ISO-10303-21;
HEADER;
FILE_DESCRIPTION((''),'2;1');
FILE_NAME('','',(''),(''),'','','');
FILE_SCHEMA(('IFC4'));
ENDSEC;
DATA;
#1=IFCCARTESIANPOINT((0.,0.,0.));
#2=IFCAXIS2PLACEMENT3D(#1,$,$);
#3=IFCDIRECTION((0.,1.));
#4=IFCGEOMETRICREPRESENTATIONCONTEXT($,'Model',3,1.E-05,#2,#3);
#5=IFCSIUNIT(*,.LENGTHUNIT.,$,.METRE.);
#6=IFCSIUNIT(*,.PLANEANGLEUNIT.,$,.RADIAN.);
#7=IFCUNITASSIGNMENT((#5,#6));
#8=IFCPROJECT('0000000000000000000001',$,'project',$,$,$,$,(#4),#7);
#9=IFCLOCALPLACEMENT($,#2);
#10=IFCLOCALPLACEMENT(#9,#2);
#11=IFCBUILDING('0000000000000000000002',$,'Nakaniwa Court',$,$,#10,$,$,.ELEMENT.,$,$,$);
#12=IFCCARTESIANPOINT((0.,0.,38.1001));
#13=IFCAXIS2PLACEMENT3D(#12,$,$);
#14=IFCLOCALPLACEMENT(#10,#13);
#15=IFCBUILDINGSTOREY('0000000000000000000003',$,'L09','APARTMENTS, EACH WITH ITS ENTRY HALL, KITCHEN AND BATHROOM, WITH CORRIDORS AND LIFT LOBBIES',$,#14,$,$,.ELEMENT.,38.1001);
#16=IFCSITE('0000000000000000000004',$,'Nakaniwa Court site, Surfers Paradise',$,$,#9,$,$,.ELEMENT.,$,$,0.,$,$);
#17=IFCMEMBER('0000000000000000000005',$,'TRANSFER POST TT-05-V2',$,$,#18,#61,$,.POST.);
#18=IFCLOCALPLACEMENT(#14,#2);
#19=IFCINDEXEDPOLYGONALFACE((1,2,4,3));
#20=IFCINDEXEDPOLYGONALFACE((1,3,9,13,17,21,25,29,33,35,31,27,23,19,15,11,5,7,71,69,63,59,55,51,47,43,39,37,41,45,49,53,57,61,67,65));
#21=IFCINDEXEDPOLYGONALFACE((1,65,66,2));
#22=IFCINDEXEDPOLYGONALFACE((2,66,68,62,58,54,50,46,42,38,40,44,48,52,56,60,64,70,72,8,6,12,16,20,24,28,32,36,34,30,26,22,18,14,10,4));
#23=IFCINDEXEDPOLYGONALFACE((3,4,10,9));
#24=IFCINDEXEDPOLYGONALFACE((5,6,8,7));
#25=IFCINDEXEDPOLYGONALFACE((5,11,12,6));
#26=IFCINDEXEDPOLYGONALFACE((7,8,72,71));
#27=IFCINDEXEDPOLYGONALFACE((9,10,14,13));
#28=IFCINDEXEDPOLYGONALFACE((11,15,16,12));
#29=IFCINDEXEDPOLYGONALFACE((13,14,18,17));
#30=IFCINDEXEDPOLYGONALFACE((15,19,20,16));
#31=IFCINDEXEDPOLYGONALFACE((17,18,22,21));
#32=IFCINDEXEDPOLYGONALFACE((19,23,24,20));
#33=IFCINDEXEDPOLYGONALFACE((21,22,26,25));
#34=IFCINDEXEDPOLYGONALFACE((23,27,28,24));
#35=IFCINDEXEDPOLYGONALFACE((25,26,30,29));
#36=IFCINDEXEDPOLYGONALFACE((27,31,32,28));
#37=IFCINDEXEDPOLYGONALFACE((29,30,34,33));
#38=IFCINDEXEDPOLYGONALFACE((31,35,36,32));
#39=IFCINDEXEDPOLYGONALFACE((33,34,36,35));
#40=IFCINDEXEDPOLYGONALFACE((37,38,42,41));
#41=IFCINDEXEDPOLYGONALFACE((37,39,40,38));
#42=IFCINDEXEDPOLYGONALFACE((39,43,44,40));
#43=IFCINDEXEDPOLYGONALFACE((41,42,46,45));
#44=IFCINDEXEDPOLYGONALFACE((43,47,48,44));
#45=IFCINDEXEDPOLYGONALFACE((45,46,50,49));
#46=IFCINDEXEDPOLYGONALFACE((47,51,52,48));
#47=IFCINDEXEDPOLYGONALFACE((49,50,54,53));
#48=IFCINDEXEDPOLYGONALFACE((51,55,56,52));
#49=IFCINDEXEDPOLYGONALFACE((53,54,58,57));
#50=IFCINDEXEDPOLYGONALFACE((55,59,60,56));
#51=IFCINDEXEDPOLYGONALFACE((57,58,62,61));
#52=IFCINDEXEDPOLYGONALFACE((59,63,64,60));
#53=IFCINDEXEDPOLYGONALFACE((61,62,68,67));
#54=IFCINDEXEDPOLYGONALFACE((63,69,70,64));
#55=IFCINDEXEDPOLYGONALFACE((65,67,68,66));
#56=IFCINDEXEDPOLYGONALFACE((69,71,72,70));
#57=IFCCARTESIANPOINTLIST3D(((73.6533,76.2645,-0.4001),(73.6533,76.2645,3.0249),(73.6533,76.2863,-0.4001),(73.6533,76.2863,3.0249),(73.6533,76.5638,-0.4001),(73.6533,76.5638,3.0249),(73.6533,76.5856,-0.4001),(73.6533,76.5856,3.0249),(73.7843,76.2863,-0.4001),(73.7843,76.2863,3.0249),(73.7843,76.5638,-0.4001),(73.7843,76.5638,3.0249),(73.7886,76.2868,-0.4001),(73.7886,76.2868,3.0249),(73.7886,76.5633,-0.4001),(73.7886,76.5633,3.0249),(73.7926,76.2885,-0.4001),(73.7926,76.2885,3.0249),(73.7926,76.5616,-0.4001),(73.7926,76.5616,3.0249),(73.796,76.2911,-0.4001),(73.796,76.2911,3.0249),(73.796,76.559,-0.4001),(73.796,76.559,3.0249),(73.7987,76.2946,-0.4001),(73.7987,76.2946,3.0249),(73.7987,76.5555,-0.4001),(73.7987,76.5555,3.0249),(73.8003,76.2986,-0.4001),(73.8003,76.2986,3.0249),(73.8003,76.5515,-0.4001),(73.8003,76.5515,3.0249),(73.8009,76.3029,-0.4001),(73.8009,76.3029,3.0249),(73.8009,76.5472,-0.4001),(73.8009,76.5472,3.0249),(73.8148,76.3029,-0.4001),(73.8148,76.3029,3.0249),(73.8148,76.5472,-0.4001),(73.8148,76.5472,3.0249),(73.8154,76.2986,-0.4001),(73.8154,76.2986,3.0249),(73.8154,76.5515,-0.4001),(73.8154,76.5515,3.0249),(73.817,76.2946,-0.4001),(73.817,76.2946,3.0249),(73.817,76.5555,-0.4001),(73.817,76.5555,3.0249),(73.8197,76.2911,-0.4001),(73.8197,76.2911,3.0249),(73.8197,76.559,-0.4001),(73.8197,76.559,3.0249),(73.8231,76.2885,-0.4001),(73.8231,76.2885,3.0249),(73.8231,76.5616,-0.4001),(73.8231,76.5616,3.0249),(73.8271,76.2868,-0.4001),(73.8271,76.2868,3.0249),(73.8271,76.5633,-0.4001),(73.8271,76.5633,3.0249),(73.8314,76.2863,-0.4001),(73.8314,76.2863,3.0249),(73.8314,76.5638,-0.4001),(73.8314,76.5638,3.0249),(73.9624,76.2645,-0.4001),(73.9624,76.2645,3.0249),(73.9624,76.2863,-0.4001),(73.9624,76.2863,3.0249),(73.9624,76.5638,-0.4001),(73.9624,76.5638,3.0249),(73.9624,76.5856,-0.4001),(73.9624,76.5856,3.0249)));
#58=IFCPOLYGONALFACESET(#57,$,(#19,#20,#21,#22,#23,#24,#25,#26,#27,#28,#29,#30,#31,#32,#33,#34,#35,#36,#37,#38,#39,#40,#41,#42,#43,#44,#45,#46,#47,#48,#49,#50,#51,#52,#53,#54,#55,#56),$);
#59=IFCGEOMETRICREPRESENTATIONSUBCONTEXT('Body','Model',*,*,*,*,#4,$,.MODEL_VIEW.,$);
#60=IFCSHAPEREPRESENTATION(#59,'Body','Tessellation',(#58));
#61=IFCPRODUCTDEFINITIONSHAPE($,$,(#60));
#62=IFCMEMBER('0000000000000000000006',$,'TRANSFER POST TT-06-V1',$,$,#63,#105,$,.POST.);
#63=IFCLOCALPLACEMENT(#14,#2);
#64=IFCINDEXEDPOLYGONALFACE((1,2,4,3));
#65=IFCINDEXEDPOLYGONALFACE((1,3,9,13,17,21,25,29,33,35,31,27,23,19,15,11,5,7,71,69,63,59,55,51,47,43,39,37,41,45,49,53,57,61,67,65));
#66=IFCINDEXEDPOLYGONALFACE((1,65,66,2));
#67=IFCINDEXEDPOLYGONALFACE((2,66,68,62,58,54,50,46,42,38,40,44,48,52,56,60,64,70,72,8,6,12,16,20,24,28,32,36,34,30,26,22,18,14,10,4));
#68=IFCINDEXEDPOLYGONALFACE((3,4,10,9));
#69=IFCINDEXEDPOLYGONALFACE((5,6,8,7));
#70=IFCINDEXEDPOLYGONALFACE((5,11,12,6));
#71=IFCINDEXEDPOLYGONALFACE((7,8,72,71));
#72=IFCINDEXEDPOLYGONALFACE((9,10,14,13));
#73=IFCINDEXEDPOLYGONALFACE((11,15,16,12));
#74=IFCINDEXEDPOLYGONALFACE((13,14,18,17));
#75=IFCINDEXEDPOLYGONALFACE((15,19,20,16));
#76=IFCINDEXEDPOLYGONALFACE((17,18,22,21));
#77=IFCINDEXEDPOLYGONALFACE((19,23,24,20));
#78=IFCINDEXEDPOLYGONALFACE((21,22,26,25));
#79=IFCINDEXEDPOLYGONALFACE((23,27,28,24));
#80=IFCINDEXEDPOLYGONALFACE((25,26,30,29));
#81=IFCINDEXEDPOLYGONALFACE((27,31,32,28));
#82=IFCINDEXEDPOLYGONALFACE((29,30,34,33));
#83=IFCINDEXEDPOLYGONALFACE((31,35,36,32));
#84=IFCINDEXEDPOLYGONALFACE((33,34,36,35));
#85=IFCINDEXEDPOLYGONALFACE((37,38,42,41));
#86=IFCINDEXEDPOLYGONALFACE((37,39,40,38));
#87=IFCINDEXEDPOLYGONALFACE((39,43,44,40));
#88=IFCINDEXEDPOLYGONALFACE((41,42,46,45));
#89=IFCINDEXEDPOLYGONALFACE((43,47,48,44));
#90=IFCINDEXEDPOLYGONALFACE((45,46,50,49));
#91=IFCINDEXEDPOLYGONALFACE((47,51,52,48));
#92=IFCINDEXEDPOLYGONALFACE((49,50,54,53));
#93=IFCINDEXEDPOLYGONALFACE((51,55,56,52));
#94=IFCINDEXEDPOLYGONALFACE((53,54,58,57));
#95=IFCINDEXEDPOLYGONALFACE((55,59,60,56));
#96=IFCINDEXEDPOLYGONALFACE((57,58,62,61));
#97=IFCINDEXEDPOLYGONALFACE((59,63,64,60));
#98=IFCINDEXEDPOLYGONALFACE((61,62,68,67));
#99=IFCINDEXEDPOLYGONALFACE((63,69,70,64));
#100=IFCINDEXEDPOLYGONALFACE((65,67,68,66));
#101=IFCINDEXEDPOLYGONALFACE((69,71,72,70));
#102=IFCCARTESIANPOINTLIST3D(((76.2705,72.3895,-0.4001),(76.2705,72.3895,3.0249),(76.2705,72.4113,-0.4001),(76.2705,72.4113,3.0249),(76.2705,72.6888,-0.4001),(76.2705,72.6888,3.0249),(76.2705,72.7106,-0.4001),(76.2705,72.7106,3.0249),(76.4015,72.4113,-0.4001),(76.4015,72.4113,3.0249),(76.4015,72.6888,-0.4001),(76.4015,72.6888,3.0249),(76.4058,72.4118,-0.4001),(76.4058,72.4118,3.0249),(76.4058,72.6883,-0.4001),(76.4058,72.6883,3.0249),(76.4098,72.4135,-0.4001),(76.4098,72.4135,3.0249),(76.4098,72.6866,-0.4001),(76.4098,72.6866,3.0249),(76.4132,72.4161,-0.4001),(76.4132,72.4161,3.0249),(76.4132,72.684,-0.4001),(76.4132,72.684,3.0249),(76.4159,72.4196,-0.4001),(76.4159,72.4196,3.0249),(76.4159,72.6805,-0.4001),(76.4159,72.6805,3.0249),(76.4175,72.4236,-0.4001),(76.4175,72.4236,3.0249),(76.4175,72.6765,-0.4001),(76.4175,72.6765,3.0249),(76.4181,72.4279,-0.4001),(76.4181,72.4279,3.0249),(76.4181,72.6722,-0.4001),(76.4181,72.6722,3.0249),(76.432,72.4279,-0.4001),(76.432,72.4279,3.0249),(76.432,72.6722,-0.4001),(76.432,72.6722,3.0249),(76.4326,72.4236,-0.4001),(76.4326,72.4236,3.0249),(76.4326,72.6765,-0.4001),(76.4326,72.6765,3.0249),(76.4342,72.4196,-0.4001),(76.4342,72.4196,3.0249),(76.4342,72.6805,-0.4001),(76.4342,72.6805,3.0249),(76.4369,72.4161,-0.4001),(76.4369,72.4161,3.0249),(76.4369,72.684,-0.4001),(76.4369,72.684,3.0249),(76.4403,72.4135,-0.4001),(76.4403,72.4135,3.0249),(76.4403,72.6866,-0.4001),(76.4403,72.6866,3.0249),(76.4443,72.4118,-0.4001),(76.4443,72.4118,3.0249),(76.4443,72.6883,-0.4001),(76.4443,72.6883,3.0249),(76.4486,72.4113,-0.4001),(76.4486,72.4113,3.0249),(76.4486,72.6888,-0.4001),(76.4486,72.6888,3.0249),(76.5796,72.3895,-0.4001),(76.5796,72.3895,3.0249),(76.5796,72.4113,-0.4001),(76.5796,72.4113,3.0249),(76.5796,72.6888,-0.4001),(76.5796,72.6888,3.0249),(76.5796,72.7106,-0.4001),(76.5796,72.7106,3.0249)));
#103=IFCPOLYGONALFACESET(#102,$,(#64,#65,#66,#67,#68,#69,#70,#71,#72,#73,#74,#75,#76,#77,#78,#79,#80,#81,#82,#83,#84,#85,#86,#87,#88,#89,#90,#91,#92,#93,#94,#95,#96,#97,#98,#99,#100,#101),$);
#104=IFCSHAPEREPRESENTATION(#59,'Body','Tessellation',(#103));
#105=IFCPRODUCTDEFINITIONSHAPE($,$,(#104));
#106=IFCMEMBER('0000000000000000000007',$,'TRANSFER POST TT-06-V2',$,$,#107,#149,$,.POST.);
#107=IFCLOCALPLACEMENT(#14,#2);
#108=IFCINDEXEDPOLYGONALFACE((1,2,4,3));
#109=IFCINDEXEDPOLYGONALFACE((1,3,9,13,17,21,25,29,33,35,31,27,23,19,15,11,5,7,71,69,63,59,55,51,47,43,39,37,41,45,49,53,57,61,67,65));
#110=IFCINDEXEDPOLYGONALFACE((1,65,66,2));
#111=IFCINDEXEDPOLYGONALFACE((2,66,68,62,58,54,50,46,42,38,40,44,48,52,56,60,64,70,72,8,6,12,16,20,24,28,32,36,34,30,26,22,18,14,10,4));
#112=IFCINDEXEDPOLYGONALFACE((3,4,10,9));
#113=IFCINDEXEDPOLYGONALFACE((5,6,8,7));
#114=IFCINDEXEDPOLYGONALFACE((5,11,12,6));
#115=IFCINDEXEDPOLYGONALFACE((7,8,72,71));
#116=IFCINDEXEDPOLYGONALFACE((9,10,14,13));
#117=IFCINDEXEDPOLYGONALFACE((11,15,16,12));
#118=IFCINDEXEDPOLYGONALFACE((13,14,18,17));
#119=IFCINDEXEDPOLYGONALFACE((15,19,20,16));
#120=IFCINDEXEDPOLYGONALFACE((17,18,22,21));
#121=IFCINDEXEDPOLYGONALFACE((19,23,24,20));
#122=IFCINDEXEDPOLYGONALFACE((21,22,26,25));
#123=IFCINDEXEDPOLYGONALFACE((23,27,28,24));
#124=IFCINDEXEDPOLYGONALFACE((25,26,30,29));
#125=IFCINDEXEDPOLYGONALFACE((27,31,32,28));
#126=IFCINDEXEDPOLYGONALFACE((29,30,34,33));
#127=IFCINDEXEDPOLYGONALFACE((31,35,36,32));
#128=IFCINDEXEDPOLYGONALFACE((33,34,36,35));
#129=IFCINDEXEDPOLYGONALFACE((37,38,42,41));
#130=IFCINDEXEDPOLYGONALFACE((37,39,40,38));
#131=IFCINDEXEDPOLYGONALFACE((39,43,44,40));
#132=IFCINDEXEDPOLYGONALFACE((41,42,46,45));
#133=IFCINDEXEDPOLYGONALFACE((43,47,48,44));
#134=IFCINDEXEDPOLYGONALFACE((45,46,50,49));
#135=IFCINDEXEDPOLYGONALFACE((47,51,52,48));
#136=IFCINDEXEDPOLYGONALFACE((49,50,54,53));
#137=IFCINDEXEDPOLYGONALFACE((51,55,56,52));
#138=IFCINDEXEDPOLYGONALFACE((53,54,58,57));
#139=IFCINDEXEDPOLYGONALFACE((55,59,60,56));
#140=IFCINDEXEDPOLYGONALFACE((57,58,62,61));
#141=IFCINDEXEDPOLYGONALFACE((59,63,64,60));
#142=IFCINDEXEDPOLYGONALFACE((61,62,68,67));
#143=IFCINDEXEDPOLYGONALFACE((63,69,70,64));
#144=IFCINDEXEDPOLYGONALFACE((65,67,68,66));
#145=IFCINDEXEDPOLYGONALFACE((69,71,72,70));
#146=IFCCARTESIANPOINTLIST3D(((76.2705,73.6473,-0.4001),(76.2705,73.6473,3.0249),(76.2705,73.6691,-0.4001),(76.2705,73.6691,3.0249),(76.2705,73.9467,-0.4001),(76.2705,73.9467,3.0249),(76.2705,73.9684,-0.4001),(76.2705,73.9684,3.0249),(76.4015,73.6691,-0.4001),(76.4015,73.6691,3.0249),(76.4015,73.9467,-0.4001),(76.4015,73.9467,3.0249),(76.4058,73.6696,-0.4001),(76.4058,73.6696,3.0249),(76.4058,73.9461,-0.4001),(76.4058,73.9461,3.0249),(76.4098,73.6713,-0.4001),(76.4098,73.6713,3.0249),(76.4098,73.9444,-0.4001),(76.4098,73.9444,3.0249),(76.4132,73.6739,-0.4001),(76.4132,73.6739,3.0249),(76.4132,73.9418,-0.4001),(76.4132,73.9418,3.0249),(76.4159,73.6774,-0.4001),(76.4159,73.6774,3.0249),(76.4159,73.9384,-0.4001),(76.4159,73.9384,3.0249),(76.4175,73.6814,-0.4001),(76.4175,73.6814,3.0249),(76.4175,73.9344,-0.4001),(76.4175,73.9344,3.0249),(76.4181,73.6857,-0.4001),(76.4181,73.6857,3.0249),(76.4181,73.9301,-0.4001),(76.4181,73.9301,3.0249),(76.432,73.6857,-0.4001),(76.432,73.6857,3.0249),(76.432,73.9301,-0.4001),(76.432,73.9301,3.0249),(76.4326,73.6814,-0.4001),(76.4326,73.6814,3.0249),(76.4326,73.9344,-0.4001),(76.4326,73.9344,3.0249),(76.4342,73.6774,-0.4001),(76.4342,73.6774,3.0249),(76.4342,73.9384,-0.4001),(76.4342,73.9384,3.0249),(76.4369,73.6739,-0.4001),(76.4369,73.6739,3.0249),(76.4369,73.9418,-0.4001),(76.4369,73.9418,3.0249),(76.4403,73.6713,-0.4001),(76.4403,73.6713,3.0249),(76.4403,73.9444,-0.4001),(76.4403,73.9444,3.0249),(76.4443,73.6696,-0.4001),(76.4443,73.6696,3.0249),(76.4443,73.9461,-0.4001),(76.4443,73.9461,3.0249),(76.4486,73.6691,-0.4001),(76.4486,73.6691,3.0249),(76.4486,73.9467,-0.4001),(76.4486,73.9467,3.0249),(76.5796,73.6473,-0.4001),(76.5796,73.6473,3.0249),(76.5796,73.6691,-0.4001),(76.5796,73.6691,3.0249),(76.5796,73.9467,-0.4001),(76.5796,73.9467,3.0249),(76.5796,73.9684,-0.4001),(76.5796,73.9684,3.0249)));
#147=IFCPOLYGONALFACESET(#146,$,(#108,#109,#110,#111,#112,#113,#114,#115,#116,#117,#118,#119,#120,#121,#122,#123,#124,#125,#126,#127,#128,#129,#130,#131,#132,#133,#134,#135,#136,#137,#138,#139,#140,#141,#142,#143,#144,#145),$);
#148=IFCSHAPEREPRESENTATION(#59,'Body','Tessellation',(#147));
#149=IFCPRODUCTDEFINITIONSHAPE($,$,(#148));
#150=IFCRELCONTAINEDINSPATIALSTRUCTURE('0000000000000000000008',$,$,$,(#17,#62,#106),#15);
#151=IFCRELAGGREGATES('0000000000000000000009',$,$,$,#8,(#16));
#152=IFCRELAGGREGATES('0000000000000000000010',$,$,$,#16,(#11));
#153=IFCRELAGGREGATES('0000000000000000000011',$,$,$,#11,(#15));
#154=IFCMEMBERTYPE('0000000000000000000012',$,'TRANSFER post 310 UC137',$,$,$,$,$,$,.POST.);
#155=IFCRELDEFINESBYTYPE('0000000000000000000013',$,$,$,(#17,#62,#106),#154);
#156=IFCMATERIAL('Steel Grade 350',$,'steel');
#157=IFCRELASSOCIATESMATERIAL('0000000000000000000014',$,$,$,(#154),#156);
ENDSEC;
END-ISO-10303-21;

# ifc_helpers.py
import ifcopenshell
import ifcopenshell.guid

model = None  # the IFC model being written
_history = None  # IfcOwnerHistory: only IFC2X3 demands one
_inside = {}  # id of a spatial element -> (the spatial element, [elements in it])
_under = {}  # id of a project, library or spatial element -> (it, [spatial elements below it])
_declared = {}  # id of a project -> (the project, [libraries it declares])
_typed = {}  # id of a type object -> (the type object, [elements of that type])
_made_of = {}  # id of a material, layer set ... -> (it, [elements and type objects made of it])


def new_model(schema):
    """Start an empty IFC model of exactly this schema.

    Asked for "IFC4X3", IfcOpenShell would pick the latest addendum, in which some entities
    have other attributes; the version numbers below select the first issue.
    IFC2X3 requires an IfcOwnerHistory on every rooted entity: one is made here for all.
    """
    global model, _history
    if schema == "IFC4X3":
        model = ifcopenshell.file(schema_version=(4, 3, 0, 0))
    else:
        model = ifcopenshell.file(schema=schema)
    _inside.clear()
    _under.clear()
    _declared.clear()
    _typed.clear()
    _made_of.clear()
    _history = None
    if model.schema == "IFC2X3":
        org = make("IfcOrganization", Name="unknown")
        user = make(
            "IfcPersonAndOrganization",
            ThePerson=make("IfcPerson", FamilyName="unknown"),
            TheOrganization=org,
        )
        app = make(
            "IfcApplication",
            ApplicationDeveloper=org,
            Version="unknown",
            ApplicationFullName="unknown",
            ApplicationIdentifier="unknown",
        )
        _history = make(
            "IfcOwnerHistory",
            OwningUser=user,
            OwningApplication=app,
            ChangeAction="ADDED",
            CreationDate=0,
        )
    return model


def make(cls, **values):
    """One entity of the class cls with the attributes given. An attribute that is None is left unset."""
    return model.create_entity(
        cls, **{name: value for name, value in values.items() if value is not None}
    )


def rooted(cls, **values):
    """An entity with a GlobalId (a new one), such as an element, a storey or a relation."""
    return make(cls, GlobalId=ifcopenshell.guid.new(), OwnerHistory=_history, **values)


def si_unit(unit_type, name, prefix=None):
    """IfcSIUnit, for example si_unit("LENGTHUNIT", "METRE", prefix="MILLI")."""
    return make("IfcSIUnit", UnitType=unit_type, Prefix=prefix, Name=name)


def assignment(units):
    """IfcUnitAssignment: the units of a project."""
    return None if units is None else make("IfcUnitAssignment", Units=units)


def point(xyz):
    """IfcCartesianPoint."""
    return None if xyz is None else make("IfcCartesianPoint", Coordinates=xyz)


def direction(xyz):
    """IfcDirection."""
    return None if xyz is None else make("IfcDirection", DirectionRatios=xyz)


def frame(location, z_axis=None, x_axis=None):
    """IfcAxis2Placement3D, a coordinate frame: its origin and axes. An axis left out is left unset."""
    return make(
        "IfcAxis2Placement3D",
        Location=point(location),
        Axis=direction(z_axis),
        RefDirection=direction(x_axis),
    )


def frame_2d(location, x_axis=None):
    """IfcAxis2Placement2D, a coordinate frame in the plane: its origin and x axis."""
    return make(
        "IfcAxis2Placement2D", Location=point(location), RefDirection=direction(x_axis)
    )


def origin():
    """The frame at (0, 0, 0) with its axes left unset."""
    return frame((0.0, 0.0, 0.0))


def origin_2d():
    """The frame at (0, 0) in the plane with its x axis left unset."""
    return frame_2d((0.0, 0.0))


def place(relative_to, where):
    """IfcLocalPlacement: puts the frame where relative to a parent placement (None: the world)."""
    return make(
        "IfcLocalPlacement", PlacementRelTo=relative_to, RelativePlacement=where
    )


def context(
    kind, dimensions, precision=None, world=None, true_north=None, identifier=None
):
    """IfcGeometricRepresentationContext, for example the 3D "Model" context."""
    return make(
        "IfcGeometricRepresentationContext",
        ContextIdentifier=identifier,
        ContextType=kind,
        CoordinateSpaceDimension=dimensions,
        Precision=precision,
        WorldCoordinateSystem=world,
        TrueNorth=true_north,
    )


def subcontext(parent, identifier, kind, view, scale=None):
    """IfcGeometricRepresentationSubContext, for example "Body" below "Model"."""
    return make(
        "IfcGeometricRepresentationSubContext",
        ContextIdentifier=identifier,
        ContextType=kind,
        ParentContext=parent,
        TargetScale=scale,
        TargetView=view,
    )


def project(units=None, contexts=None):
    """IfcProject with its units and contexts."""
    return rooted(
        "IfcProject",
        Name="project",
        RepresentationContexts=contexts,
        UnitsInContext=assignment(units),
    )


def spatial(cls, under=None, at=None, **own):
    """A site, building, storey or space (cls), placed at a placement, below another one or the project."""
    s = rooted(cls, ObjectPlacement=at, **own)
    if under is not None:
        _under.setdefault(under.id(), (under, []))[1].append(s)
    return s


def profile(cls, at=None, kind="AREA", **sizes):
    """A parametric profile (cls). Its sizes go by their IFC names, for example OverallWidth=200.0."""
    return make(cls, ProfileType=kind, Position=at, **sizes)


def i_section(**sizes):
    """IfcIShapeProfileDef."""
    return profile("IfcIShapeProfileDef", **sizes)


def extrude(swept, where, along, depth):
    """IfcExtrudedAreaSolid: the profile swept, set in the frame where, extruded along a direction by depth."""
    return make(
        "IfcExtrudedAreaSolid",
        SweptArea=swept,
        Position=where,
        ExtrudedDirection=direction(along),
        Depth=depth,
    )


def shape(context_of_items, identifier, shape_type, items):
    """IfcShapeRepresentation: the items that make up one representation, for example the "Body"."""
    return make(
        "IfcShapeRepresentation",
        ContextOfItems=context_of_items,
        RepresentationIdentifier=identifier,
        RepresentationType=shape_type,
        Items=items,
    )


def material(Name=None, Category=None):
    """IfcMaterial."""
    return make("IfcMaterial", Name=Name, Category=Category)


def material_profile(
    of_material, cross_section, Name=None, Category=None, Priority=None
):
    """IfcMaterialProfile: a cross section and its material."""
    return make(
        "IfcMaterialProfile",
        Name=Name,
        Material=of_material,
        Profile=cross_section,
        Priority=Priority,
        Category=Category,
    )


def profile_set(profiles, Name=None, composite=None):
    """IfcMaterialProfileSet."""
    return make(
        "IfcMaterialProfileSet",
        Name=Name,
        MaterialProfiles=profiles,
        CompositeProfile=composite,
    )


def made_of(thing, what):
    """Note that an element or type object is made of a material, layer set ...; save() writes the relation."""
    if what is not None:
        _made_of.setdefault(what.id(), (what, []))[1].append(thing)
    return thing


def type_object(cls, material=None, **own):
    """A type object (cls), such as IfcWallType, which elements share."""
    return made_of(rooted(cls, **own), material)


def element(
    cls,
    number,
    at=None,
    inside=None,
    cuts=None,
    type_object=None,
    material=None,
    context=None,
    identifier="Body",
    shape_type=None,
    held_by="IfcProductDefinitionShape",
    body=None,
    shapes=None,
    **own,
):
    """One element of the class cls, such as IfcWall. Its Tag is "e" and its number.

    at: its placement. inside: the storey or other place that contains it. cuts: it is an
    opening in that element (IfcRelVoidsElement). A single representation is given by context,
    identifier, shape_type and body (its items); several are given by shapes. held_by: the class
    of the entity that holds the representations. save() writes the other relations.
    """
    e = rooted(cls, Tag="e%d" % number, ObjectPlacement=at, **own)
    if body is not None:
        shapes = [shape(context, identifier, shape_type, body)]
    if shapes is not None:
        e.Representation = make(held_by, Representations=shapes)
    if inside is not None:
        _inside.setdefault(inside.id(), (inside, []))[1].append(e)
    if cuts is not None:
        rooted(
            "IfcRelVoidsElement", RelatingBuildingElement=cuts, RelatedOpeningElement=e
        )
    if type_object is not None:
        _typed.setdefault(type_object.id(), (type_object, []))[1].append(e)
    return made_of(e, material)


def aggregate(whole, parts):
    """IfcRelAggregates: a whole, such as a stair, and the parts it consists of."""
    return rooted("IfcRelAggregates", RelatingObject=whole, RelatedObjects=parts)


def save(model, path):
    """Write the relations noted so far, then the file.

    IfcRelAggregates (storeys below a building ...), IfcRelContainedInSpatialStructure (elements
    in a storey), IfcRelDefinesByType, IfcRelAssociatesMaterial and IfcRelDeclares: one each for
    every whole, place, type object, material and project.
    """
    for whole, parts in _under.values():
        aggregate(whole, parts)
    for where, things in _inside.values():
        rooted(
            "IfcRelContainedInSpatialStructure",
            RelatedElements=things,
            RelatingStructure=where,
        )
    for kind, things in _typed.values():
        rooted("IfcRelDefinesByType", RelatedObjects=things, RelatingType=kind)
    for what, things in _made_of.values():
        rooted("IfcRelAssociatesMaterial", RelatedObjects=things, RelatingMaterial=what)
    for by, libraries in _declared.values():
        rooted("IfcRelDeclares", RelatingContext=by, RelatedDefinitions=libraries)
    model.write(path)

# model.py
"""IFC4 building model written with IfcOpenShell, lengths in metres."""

from ifc_helpers import new_model, si_unit, direction, frame, origin, origin_2d, place, context, subcontext, project, spatial, i_section, extrude, material, material_profile, profile_set, type_object, element, save


model = new_model("IFC4")

# Units and contexts
model_context = context("Model", 3, precision=1e-05, world=origin(), true_north=direction((0.0, 1.0)))
body_context = subcontext(model_context, "Body", "Model", "MODEL_VIEW")
ifc_project = project(units=[si_unit("LENGTHUNIT", "METRE"), si_unit("PLANEANGLEUNIT", "RADIAN")], contexts=[model_context])

# Site, building, storey
site_placement = place(None, origin())
site = spatial("IfcSite", under=ifc_project, at=site_placement, Name="Nakaniwa Court site, Surfers Paradise", CompositionType="ELEMENT", RefElevation=0.0)
building_placement = place(site_placement, origin())
building = spatial("IfcBuilding", under=site, at=building_placement, Name="Nakaniwa Court", CompositionType="ELEMENT")
storey_placement = place(building_placement, frame((0.0, 0.0, 38.1001)))
storey = spatial("IfcBuildingStorey", under=building, at=storey_placement, Name="L09", Description="APARTMENTS, EACH WITH ITS ENTRY HALL, KITCHEN AND BATHROOM, WITH CORRIDORS AND LIFT LOBBIES", CompositionType="ELEMENT", Elevation=38.1001)

# Members
ifc_material_1 = material(Name="Steel Grade 350", Category="steel")
ifc_material_profile_1 = material_profile(ifc_material_1, i_section(OverallWidth=0.3091, OverallDepth=0.321, WebThickness=0.0139, FlangeThickness=0.0217, FilletRadius=0.0166, at=origin_2d()), Name="310UC137")
ifc_profile_set_1 = profile_set([ifc_material_profile_1], Name="Steel Grade 350")
member_type_1 = type_object("IfcMemberType", Name="TRANSFER post 310 UC137", PredefinedType="POST", material=ifc_profile_set_1)
for number, where, z_axis, x_axis, name in (
    (1, (73.8079, 76.425, -0.4001), (0.0, 0.0, 1.0), (1.0, 0.0, 0.0), "TRANSFER POST TT-05-V2"),
    (2, (76.425, 72.55, -0.4001), (0.0, 0.0, 1.0), (1.0, 0.0, 0.0), "TRANSFER POST TT-06-V1"),
    (3, (76.425, 73.8079, -0.4001), (0.0, 0.0, 1.0), (1.0, 0.0, 0.0), "TRANSFER POST TT-06-V2"),
):
    element("IfcMember", number, at=place(storey_placement, frame(where, z_axis=z_axis, x_axis=x_axis)), inside=storey, type_object=member_type_1, Name=name, PredefinedType="POST", context=body_context, shape_type="SweptSolid", body=[
        extrude(i_section(OverallWidth=0.3091, OverallDepth=0.321, WebThickness=0.0139, FlangeThickness=0.0217, FilletRadius=0.0166, at=origin_2d()), origin(), (0.0, 0.0, 1.0), 3.425),
    ])

save(model, "model.ifc")
